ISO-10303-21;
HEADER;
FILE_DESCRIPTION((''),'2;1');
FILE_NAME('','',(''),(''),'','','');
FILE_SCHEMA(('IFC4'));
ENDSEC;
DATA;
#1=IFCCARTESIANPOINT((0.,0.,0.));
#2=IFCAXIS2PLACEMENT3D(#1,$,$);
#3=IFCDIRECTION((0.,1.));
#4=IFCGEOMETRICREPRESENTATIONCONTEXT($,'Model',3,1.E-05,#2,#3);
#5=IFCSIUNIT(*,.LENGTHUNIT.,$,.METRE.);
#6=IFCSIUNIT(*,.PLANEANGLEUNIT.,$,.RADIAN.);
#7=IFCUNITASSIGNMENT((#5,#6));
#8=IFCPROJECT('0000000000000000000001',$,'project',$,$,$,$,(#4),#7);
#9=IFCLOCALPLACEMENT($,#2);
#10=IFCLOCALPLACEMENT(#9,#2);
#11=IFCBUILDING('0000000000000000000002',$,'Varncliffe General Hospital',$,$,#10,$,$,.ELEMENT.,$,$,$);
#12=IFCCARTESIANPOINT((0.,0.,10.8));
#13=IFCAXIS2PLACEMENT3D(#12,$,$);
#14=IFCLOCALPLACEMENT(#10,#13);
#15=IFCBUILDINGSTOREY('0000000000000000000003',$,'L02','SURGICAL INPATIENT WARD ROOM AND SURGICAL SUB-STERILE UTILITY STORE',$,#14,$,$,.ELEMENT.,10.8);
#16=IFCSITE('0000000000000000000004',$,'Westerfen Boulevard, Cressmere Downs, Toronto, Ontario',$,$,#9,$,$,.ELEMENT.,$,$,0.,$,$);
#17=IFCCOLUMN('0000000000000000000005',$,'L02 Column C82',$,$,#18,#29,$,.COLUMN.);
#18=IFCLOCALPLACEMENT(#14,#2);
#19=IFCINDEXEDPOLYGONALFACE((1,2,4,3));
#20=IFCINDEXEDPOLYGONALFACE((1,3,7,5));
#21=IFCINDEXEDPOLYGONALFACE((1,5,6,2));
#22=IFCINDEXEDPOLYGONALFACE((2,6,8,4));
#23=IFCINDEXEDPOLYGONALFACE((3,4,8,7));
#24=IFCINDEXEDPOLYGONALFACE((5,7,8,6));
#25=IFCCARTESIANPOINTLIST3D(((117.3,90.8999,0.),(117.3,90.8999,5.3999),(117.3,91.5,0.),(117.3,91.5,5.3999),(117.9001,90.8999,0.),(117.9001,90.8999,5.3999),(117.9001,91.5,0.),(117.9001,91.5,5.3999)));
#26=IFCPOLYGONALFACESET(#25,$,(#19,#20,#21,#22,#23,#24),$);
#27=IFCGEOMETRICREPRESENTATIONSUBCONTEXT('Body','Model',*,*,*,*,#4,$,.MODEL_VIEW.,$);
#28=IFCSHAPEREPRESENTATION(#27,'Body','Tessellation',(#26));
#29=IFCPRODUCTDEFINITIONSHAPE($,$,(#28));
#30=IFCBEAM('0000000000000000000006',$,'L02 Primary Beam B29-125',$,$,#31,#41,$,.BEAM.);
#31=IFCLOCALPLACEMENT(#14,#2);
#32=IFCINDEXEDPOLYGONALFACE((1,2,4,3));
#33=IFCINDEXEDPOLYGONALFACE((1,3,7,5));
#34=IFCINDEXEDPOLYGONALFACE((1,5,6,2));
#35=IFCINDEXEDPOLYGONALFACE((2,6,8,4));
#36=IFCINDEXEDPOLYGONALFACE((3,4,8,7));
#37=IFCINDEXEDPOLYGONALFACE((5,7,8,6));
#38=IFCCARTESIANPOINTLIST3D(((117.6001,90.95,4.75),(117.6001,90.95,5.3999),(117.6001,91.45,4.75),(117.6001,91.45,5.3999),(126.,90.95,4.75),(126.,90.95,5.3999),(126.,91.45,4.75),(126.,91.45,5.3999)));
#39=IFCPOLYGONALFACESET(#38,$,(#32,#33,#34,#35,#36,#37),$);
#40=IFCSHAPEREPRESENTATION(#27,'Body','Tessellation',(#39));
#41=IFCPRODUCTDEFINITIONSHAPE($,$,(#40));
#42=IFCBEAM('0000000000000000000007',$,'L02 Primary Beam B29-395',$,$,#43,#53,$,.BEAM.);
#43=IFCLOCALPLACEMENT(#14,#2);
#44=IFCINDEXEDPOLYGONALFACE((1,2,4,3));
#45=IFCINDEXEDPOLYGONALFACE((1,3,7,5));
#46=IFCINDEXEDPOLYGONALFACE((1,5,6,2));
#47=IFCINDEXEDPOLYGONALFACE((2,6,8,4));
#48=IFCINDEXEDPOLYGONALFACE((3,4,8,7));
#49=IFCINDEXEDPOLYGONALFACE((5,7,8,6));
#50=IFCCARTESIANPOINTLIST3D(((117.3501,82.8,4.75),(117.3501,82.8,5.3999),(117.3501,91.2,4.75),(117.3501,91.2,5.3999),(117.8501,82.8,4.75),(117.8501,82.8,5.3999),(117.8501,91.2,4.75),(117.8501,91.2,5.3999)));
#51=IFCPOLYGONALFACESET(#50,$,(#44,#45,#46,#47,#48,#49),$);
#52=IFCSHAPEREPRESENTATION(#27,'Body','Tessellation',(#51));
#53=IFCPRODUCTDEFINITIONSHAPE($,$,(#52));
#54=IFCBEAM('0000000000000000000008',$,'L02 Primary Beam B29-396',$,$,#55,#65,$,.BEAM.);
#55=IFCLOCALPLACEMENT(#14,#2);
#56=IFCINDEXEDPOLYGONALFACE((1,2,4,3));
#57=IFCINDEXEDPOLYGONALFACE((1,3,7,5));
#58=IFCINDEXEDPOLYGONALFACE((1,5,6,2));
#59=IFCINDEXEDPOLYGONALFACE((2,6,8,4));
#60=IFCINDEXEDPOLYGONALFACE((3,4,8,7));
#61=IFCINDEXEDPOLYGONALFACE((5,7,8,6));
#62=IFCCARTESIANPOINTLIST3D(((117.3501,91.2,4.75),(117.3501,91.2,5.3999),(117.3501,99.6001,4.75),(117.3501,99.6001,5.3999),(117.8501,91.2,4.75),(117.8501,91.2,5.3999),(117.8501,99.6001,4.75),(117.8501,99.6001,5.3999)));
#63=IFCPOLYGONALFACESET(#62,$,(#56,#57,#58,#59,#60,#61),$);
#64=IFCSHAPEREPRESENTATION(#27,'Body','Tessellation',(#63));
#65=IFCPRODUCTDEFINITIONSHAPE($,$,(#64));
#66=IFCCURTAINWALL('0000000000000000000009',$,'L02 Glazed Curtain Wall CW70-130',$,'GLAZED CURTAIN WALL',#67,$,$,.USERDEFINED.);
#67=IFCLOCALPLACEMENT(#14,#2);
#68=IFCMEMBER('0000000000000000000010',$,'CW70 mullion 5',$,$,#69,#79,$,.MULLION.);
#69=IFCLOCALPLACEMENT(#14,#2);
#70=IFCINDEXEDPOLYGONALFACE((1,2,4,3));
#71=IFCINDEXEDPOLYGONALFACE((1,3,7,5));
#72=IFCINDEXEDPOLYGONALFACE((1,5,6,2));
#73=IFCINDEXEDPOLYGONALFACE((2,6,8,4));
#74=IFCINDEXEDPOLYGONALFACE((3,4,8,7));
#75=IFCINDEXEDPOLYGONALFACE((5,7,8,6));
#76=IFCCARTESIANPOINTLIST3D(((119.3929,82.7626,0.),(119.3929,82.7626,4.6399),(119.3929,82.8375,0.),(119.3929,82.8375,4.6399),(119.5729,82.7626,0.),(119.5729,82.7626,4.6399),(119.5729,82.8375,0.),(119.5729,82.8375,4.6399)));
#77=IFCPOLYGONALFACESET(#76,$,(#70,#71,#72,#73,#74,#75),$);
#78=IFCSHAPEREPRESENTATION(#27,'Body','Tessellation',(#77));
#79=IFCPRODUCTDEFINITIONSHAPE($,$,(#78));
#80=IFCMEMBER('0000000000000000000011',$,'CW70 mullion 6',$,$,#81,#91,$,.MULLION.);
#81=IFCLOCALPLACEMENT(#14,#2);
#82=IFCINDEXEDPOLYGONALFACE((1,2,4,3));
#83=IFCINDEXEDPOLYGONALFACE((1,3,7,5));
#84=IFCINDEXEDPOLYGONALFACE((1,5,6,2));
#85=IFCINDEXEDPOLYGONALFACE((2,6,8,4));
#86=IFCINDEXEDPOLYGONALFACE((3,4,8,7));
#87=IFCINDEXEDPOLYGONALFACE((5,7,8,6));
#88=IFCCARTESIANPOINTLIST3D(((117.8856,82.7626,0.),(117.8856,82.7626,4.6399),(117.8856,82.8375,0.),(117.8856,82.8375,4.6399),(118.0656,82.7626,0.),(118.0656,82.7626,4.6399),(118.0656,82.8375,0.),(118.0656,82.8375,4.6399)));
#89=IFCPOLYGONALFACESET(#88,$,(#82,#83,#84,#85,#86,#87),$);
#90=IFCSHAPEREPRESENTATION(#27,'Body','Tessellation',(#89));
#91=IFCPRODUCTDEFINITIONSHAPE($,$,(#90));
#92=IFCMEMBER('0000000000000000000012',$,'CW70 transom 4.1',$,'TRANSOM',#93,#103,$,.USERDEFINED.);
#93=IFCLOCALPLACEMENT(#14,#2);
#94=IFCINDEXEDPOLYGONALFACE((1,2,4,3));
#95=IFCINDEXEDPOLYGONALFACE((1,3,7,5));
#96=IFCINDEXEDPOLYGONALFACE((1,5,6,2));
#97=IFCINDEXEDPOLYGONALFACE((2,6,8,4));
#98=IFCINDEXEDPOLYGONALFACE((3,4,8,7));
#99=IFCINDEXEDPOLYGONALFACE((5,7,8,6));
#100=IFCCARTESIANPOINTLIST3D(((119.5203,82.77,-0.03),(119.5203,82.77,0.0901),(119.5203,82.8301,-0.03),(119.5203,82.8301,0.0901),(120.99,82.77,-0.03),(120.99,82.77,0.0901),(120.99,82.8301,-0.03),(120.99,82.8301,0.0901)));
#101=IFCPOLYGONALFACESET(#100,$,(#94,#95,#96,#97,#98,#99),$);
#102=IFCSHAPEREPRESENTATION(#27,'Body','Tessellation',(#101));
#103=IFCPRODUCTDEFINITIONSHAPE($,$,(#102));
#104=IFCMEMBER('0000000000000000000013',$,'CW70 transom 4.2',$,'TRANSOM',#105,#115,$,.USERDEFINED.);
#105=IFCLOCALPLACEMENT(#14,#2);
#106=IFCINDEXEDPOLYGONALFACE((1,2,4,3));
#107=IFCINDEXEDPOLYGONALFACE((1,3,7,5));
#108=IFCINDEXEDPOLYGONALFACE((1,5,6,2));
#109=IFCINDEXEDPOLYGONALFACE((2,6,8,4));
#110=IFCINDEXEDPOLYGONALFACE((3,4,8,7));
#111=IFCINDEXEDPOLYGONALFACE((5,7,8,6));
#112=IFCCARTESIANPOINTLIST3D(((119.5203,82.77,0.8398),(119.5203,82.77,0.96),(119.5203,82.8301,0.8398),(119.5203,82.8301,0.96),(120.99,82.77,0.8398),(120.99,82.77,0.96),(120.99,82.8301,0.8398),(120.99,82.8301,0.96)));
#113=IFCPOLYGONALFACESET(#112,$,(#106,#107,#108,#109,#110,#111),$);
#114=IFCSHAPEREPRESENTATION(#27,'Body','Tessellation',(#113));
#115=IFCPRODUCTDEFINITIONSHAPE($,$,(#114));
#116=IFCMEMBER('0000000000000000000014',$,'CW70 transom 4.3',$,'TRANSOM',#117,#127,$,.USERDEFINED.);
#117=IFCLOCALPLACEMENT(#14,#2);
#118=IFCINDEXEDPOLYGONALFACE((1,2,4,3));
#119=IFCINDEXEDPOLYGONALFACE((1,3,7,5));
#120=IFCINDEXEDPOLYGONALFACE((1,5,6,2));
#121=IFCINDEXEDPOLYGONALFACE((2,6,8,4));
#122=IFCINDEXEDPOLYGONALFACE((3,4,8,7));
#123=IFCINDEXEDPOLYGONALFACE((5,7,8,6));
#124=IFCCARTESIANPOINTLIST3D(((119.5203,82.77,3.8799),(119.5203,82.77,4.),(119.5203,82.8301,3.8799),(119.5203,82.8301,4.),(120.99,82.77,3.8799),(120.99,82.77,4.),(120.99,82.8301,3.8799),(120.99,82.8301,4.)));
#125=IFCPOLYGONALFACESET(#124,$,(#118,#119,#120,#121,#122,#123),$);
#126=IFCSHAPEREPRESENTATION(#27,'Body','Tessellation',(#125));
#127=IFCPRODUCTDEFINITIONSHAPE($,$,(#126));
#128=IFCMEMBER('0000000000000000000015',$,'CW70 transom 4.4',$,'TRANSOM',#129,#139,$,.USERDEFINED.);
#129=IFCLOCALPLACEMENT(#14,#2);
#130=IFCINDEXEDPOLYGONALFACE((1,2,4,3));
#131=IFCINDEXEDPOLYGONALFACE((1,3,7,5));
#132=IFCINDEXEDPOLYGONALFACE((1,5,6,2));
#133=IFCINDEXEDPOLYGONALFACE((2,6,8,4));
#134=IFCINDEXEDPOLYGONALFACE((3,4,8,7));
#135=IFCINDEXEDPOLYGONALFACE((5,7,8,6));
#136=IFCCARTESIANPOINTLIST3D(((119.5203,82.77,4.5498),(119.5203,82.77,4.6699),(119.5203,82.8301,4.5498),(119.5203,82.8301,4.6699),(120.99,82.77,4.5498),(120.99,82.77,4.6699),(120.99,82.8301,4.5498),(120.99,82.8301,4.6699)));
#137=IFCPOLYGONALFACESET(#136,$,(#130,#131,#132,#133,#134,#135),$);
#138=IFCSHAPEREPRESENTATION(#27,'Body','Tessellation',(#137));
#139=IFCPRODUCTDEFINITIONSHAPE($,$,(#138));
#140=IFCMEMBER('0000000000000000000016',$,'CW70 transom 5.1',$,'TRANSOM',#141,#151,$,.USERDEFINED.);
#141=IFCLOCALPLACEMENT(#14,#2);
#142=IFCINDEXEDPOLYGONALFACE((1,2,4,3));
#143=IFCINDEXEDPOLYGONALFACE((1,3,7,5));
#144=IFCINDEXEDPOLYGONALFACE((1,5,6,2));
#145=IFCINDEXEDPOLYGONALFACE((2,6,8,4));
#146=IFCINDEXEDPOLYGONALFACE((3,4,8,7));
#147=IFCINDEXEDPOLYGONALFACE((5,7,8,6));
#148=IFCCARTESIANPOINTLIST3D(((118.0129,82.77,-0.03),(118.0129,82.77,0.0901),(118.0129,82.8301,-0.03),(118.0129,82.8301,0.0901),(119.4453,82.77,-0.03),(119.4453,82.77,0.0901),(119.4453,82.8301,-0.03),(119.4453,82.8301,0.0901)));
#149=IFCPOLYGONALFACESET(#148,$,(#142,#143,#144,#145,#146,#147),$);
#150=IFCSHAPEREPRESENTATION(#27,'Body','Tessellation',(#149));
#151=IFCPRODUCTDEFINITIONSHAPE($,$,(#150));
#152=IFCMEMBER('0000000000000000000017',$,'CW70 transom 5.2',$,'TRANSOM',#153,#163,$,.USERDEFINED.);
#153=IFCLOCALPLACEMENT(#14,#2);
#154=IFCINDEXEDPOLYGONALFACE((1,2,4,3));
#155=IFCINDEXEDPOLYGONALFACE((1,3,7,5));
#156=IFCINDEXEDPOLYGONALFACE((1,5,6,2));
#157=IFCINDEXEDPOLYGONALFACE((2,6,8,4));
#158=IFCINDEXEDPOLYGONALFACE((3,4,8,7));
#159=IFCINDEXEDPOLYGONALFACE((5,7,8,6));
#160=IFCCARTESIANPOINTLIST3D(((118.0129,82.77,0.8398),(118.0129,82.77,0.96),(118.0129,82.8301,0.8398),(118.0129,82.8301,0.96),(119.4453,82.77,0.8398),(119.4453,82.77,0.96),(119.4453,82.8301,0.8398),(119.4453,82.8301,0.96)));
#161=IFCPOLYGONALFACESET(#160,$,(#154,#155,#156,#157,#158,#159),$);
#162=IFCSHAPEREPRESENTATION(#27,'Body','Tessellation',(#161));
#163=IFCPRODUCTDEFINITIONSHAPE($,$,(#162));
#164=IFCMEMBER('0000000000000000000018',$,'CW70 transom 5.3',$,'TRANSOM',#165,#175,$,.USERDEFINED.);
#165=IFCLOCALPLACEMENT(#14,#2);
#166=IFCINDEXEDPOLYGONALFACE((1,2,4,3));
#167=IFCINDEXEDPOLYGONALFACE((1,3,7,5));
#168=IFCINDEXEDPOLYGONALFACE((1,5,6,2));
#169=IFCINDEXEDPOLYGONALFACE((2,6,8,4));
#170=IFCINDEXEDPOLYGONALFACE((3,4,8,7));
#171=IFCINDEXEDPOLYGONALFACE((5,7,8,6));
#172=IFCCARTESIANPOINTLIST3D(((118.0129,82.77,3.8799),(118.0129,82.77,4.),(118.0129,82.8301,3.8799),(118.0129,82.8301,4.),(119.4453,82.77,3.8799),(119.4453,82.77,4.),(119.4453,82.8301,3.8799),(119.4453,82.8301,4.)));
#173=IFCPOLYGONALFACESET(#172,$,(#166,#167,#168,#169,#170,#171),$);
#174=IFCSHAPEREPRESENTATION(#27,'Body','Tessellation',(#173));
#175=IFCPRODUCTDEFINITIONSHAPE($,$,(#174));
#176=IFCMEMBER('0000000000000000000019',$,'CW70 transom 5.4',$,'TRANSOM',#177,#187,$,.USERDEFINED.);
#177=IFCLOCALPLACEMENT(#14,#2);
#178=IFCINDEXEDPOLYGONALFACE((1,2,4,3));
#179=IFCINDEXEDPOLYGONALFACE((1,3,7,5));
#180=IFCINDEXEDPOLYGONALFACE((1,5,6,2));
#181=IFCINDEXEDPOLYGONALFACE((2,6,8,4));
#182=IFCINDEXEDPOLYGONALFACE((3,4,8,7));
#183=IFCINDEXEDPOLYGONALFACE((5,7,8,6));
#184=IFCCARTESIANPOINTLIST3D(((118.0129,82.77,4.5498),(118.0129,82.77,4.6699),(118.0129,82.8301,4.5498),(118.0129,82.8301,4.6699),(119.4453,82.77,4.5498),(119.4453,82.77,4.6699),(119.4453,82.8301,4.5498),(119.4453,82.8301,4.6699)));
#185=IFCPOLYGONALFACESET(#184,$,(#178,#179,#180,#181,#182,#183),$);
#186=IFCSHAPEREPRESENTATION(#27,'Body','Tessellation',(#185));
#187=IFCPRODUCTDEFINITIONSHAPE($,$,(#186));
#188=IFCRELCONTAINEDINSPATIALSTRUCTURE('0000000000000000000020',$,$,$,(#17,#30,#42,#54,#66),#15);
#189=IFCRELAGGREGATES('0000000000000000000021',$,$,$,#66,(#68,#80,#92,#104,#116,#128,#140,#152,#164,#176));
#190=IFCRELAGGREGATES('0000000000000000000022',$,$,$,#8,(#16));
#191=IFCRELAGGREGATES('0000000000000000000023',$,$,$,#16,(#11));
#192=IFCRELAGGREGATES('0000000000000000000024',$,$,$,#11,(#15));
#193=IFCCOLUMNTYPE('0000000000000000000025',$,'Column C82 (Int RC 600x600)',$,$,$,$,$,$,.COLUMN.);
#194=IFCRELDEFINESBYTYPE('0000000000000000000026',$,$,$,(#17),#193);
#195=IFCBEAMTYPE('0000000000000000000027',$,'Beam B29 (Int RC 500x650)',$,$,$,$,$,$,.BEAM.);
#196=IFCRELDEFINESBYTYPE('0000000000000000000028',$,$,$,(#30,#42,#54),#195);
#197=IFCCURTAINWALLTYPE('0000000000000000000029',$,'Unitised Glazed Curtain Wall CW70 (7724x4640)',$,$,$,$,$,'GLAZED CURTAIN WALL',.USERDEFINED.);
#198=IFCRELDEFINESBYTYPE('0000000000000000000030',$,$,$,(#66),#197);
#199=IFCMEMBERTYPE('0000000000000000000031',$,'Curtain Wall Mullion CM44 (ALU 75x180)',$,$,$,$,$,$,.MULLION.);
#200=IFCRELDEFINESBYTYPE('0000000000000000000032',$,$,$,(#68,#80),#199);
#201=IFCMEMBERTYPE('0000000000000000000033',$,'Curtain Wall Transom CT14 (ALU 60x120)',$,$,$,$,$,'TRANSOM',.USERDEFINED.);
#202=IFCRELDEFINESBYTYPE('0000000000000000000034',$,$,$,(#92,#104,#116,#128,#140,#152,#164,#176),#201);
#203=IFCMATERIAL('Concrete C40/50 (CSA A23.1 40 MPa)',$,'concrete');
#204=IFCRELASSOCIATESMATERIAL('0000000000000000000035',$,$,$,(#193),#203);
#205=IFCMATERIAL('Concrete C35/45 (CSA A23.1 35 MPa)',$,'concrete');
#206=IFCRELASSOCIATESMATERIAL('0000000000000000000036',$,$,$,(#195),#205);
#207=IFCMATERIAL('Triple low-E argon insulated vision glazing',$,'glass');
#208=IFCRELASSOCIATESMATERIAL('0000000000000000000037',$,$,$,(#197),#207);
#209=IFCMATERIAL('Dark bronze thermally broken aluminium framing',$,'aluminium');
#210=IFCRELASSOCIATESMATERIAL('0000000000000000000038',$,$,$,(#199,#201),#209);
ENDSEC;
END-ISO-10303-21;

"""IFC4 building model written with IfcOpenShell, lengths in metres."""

from ifc_helpers import new_model, si_unit, direction, frame, origin, origin_2d, place, context, subcontext, project, spatial, rectangle, extrude, material, material_profile, profile_set, type_object, element, aggregate, save


model = new_model("IFC4")

# Units and contexts
model_context = context("Model", 3, precision=1e-05, world=origin(), true_north=direction((0.0, 1.0)))
body_context = subcontext(model_context, "Body", "Model", "MODEL_VIEW")
ifc_project = project(units=[si_unit("LENGTHUNIT", "METRE"), si_unit("PLANEANGLEUNIT", "RADIAN")], contexts=[model_context])

# Site, building, storey
site_placement = place(None, origin())
site = spatial("IfcSite", under=ifc_project, at=site_placement, Name="Westerfen Boulevard, Cressmere Downs, Toronto, Ontario", CompositionType="ELEMENT", RefElevation=0.0)
building_placement = place(site_placement, origin())
building = spatial("IfcBuilding", under=site, at=building_placement, Name="Varncliffe General Hospital", CompositionType="ELEMENT")
storey_placement = place(building_placement, frame((0.0, 0.0, 10.8)))
storey = spatial("IfcBuildingStorey", under=building, at=storey_placement, Name="L02", Description="SURGICAL INPATIENT WARD ROOM AND SURGICAL SUB-STERILE UTILITY STORE", CompositionType="ELEMENT", Elevation=10.8)

# Column
ifc_material_1 = material(Name="Concrete C40/50 (CSA A23.1 40 MPa)", Category="concrete")
ifc_material_profile_1 = material_profile(ifc_material_1, rectangle(XDim=0.6001, YDim=0.6001, at=origin_2d()), Name="RC 600x600")
ifc_profile_set_1 = profile_set([ifc_material_profile_1], Name="Concrete C40/50 (CSA A23.1 40 MPa)")
column_type = type_object("IfcColumnType", Name="Column C82 (Int RC 600x600)", PredefinedType="COLUMN", material=ifc_profile_set_1)
column_placement = place(storey_placement, frame((117.6001, 91.2, 0.0), z_axis=(0.0, 0.0, 1.0), x_axis=(1.0, 0.0, 0.0)))
element("IfcColumn", 1, at=column_placement, inside=storey, type_object=column_type, Name="L02 Column C82", PredefinedType="COLUMN", context=body_context, shape_type="SweptSolid", body=[
    extrude(rectangle(XDim=0.6001, YDim=0.6001, at=origin_2d()), origin(), (0.0, 0.0, 1.0), 5.3999),
])

# Beams
ifc_material_2 = material(Name="Concrete C35/45 (CSA A23.1 35 MPa)", Category="concrete")
ifc_material_profile_2 = material_profile(ifc_material_2, rectangle(XDim=0.5, YDim=0.6499, at=origin_2d()), Name="RC 500x650")
ifc_profile_set_2 = profile_set([ifc_material_profile_2], Name="Concrete C35/45 (CSA A23.1 35 MPa)")
beam_type_1 = type_object("IfcBeamType", Name="Beam B29 (Int RC 500x650)", PredefinedType="BEAM", material=ifc_profile_set_2)
for number, where, z_axis, x_axis, name in (
    (2, (117.6001, 91.2, 5.075), (1.0, 0.0, 0.0), (0.0, 1.0, 0.0), "L02 Primary Beam B29-125"),
    (3, (117.6001, 82.8, 5.075), (0.0, 1.0, 0.0), (-1.0, 0.0, 0.0), "L02 Primary Beam B29-395"),
):
    element("IfcBeam", number, at=place(storey_placement, frame(where, z_axis=z_axis, x_axis=x_axis)), inside=storey, type_object=beam_type_1, Name=name, PredefinedType="BEAM", context=body_context, shape_type="SweptSolid", body=[
        extrude(rectangle(XDim=0.5, YDim=0.6499, at=origin_2d()), origin(), (0.0, 0.0, 1.0), 8.3999),
    ])
beam_1_placement = place(storey_placement, frame((117.6001, 91.2, 5.075), z_axis=(0.0, 1.0, 0.0), x_axis=(-1.0, 0.0, 0.0)))
element("IfcBeam", 4, at=beam_1_placement, inside=storey, type_object=beam_type_1, Name="L02 Primary Beam B29-396", PredefinedType="BEAM", context=body_context, shape_type="SweptSolid", body=[
    extrude(rectangle(XDim=0.5, YDim=0.6499, at=origin_2d()), origin(), (0.0, 0.0, 1.0), 8.4001),
])

# Curtain wall, members
ifc_material_3 = material(Name="Triple low-E argon insulated vision glazing", Category="glass")
curtain_wall_type = type_object("IfcCurtainWallType", Name="Unitised Glazed Curtain Wall CW70 (7724x4640)", ElementType="GLAZED CURTAIN WALL", PredefinedType="USERDEFINED", material=ifc_material_3)
curtain_wall_placement = place(storey_placement, origin())
curtain_wall = element("IfcCurtainWall", 5, at=curtain_wall_placement, inside=storey, type_object=curtain_wall_type, Name="L02 Glazed Curtain Wall CW70-130", ObjectType="GLAZED CURTAIN WALL", PredefinedType="USERDEFINED")
ifc_material_4 = material(Name="Dark bronze thermally broken aluminium framing", Category="aluminium")
ifc_material_profile_3 = material_profile(ifc_material_4, rectangle(XDim=0.075, YDim=0.1799, at=origin_2d()), Name="ALU 75x180")
ifc_profile_set_3 = profile_set([ifc_material_profile_3], Name="Dark bronze thermally broken aluminium framing")
member_type_1 = type_object("IfcMemberType", Name="Curtain Wall Mullion CM44 (ALU 75x180)", PredefinedType="MULLION", material=ifc_profile_set_3)
member_1_placement = place(storey_placement, frame((119.4829, 82.8, 0.0), z_axis=(0.0, 0.0, 1.0), x_axis=(0.0, -1.0, 0.0)))
member_1 = element("IfcMember", 6, at=member_1_placement, type_object=member_type_1, Name="CW70 mullion 5", PredefinedType="MULLION", context=body_context, shape_type="SweptSolid", body=[
    extrude(rectangle(XDim=0.075, YDim=0.1799, at=origin_2d()), origin(), (0.0, 0.0, 1.0), 4.6399),
])
member_2_placement = place(storey_placement, frame((117.9756, 82.8, 0.0), z_axis=(0.0, 0.0, 1.0), x_axis=(0.0, -1.0, 0.0)))
member_2 = element("IfcMember", 7, at=member_2_placement, type_object=member_type_1, Name="CW70 mullion 6", PredefinedType="MULLION", context=body_context, shape_type="SweptSolid", body=[
    extrude(rectangle(XDim=0.075, YDim=0.1799, at=origin_2d()), origin(), (0.0, 0.0, 1.0), 4.6399),
])
ifc_material_profile_4 = material_profile(ifc_material_4, rectangle(XDim=0.0601, YDim=0.1201, at=origin_2d()), Name="ALU 60x120")
ifc_profile_set_4 = profile_set([ifc_material_profile_4], Name="Dark bronze thermally broken aluminium framing")
member_type_2 = type_object("IfcMemberType", Name="Curtain Wall Transom CT14 (ALU 60x120)", ElementType="TRANSOM", PredefinedType="USERDEFINED", material=ifc_profile_set_4)
member_3_placement = place(storey_placement, frame((120.99, 82.8, 0.03), z_axis=(-1.0, 0.0, 0.0), x_axis=(0.0, -1.0, 0.0)))
member_3 = element("IfcMember", 8, at=member_3_placement, type_object=member_type_2, Name="CW70 transom 4.1", ObjectType="TRANSOM", PredefinedType="USERDEFINED", context=body_context, shape_type="SweptSolid", body=[
    extrude(rectangle(XDim=0.0601, YDim=0.1201, at=origin_2d()), origin(), (0.0, 0.0, 1.0), 1.4697),
])
member_4_placement = place(storey_placement, frame((120.99, 82.8, 0.8999), z_axis=(-1.0, 0.0, 0.0), x_axis=(0.0, -1.0, 0.0)))
member_4 = element("IfcMember", 9, at=member_4_placement, type_object=member_type_2, Name="CW70 transom 4.2", ObjectType="TRANSOM", PredefinedType="USERDEFINED", context=body_context, shape_type="SweptSolid", body=[
    extrude(rectangle(XDim=0.0601, YDim=0.1201, at=origin_2d()), origin(), (0.0, 0.0, 1.0), 1.4697),
])
member_5_placement = place(storey_placement, frame((120.99, 82.8, 3.9399), z_axis=(-1.0, 0.0, 0.0), x_axis=(0.0, -1.0, 0.0)))
member_5 = element("IfcMember", 10, at=member_5_placement, type_object=member_type_2, Name="CW70 transom 4.3", ObjectType="TRANSOM", PredefinedType="USERDEFINED", context=body_context, shape_type="SweptSolid", body=[
    extrude(rectangle(XDim=0.0601, YDim=0.1201, at=origin_2d()), origin(), (0.0, 0.0, 1.0), 1.4697),
])
member_6_placement = place(storey_placement, frame((120.99, 82.8, 4.6099), z_axis=(-1.0, 0.0, 0.0), x_axis=(0.0, -1.0, 0.0)))
member_6 = element("IfcMember", 11, at=member_6_placement, type_object=member_type_2, Name="CW70 transom 4.4", ObjectType="TRANSOM", PredefinedType="USERDEFINED", context=body_context, shape_type="SweptSolid", body=[
    extrude(rectangle(XDim=0.0601, YDim=0.1201, at=origin_2d()), origin(), (0.0, 0.0, 1.0), 1.4697),
])
member_7_placement = place(storey_placement, frame((119.4453, 82.8, 0.03), z_axis=(-1.0, 0.0, 0.0), x_axis=(0.0, -1.0, 0.0)))
member_7 = element("IfcMember", 12, at=member_7_placement, type_object=member_type_2, Name="CW70 transom 5.1", ObjectType="TRANSOM", PredefinedType="USERDEFINED", context=body_context, shape_type="SweptSolid", body=[
    extrude(rectangle(XDim=0.0601, YDim=0.1201, at=origin_2d()), origin(), (0.0, 0.0, 1.0), 1.4324),
])
member_8_placement = place(storey_placement, frame((119.4453, 82.8, 0.8999), z_axis=(-1.0, 0.0, 0.0), x_axis=(0.0, -1.0, 0.0)))
member_8 = element("IfcMember", 13, at=member_8_placement, type_object=member_type_2, Name="CW70 transom 5.2", ObjectType="TRANSOM", PredefinedType="USERDEFINED", context=body_context, shape_type="SweptSolid", body=[
    extrude(rectangle(XDim=0.0601, YDim=0.1201, at=origin_2d()), origin(), (0.0, 0.0, 1.0), 1.4324),
])
member_9_placement = place(storey_placement, frame((119.4453, 82.8, 3.9399), z_axis=(-1.0, 0.0, 0.0), x_axis=(0.0, -1.0, 0.0)))
member_9 = element("IfcMember", 14, at=member_9_placement, type_object=member_type_2, Name="CW70 transom 5.3", ObjectType="TRANSOM", PredefinedType="USERDEFINED", context=body_context, shape_type="SweptSolid", body=[
    extrude(rectangle(XDim=0.0601, YDim=0.1201, at=origin_2d()), origin(), (0.0, 0.0, 1.0), 1.4324),
])
member_10_placement = place(storey_placement, frame((119.4453, 82.8, 4.6099), z_axis=(-1.0, 0.0, 0.0), x_axis=(0.0, -1.0, 0.0)))
member_10 = element("IfcMember", 15, at=member_10_placement, type_object=member_type_2, Name="CW70 transom 5.4", ObjectType="TRANSOM", PredefinedType="USERDEFINED", context=body_context, shape_type="SweptSolid", body=[
    extrude(rectangle(XDim=0.0601, YDim=0.1201, at=origin_2d()), origin(), (0.0, 0.0, 1.0), 1.4324),
])

aggregate(curtain_wall, [member_1, member_2, member_3, member_4, member_5, member_6, member_7, member_8, member_9, member_10])

save(model, "model.ifc")
